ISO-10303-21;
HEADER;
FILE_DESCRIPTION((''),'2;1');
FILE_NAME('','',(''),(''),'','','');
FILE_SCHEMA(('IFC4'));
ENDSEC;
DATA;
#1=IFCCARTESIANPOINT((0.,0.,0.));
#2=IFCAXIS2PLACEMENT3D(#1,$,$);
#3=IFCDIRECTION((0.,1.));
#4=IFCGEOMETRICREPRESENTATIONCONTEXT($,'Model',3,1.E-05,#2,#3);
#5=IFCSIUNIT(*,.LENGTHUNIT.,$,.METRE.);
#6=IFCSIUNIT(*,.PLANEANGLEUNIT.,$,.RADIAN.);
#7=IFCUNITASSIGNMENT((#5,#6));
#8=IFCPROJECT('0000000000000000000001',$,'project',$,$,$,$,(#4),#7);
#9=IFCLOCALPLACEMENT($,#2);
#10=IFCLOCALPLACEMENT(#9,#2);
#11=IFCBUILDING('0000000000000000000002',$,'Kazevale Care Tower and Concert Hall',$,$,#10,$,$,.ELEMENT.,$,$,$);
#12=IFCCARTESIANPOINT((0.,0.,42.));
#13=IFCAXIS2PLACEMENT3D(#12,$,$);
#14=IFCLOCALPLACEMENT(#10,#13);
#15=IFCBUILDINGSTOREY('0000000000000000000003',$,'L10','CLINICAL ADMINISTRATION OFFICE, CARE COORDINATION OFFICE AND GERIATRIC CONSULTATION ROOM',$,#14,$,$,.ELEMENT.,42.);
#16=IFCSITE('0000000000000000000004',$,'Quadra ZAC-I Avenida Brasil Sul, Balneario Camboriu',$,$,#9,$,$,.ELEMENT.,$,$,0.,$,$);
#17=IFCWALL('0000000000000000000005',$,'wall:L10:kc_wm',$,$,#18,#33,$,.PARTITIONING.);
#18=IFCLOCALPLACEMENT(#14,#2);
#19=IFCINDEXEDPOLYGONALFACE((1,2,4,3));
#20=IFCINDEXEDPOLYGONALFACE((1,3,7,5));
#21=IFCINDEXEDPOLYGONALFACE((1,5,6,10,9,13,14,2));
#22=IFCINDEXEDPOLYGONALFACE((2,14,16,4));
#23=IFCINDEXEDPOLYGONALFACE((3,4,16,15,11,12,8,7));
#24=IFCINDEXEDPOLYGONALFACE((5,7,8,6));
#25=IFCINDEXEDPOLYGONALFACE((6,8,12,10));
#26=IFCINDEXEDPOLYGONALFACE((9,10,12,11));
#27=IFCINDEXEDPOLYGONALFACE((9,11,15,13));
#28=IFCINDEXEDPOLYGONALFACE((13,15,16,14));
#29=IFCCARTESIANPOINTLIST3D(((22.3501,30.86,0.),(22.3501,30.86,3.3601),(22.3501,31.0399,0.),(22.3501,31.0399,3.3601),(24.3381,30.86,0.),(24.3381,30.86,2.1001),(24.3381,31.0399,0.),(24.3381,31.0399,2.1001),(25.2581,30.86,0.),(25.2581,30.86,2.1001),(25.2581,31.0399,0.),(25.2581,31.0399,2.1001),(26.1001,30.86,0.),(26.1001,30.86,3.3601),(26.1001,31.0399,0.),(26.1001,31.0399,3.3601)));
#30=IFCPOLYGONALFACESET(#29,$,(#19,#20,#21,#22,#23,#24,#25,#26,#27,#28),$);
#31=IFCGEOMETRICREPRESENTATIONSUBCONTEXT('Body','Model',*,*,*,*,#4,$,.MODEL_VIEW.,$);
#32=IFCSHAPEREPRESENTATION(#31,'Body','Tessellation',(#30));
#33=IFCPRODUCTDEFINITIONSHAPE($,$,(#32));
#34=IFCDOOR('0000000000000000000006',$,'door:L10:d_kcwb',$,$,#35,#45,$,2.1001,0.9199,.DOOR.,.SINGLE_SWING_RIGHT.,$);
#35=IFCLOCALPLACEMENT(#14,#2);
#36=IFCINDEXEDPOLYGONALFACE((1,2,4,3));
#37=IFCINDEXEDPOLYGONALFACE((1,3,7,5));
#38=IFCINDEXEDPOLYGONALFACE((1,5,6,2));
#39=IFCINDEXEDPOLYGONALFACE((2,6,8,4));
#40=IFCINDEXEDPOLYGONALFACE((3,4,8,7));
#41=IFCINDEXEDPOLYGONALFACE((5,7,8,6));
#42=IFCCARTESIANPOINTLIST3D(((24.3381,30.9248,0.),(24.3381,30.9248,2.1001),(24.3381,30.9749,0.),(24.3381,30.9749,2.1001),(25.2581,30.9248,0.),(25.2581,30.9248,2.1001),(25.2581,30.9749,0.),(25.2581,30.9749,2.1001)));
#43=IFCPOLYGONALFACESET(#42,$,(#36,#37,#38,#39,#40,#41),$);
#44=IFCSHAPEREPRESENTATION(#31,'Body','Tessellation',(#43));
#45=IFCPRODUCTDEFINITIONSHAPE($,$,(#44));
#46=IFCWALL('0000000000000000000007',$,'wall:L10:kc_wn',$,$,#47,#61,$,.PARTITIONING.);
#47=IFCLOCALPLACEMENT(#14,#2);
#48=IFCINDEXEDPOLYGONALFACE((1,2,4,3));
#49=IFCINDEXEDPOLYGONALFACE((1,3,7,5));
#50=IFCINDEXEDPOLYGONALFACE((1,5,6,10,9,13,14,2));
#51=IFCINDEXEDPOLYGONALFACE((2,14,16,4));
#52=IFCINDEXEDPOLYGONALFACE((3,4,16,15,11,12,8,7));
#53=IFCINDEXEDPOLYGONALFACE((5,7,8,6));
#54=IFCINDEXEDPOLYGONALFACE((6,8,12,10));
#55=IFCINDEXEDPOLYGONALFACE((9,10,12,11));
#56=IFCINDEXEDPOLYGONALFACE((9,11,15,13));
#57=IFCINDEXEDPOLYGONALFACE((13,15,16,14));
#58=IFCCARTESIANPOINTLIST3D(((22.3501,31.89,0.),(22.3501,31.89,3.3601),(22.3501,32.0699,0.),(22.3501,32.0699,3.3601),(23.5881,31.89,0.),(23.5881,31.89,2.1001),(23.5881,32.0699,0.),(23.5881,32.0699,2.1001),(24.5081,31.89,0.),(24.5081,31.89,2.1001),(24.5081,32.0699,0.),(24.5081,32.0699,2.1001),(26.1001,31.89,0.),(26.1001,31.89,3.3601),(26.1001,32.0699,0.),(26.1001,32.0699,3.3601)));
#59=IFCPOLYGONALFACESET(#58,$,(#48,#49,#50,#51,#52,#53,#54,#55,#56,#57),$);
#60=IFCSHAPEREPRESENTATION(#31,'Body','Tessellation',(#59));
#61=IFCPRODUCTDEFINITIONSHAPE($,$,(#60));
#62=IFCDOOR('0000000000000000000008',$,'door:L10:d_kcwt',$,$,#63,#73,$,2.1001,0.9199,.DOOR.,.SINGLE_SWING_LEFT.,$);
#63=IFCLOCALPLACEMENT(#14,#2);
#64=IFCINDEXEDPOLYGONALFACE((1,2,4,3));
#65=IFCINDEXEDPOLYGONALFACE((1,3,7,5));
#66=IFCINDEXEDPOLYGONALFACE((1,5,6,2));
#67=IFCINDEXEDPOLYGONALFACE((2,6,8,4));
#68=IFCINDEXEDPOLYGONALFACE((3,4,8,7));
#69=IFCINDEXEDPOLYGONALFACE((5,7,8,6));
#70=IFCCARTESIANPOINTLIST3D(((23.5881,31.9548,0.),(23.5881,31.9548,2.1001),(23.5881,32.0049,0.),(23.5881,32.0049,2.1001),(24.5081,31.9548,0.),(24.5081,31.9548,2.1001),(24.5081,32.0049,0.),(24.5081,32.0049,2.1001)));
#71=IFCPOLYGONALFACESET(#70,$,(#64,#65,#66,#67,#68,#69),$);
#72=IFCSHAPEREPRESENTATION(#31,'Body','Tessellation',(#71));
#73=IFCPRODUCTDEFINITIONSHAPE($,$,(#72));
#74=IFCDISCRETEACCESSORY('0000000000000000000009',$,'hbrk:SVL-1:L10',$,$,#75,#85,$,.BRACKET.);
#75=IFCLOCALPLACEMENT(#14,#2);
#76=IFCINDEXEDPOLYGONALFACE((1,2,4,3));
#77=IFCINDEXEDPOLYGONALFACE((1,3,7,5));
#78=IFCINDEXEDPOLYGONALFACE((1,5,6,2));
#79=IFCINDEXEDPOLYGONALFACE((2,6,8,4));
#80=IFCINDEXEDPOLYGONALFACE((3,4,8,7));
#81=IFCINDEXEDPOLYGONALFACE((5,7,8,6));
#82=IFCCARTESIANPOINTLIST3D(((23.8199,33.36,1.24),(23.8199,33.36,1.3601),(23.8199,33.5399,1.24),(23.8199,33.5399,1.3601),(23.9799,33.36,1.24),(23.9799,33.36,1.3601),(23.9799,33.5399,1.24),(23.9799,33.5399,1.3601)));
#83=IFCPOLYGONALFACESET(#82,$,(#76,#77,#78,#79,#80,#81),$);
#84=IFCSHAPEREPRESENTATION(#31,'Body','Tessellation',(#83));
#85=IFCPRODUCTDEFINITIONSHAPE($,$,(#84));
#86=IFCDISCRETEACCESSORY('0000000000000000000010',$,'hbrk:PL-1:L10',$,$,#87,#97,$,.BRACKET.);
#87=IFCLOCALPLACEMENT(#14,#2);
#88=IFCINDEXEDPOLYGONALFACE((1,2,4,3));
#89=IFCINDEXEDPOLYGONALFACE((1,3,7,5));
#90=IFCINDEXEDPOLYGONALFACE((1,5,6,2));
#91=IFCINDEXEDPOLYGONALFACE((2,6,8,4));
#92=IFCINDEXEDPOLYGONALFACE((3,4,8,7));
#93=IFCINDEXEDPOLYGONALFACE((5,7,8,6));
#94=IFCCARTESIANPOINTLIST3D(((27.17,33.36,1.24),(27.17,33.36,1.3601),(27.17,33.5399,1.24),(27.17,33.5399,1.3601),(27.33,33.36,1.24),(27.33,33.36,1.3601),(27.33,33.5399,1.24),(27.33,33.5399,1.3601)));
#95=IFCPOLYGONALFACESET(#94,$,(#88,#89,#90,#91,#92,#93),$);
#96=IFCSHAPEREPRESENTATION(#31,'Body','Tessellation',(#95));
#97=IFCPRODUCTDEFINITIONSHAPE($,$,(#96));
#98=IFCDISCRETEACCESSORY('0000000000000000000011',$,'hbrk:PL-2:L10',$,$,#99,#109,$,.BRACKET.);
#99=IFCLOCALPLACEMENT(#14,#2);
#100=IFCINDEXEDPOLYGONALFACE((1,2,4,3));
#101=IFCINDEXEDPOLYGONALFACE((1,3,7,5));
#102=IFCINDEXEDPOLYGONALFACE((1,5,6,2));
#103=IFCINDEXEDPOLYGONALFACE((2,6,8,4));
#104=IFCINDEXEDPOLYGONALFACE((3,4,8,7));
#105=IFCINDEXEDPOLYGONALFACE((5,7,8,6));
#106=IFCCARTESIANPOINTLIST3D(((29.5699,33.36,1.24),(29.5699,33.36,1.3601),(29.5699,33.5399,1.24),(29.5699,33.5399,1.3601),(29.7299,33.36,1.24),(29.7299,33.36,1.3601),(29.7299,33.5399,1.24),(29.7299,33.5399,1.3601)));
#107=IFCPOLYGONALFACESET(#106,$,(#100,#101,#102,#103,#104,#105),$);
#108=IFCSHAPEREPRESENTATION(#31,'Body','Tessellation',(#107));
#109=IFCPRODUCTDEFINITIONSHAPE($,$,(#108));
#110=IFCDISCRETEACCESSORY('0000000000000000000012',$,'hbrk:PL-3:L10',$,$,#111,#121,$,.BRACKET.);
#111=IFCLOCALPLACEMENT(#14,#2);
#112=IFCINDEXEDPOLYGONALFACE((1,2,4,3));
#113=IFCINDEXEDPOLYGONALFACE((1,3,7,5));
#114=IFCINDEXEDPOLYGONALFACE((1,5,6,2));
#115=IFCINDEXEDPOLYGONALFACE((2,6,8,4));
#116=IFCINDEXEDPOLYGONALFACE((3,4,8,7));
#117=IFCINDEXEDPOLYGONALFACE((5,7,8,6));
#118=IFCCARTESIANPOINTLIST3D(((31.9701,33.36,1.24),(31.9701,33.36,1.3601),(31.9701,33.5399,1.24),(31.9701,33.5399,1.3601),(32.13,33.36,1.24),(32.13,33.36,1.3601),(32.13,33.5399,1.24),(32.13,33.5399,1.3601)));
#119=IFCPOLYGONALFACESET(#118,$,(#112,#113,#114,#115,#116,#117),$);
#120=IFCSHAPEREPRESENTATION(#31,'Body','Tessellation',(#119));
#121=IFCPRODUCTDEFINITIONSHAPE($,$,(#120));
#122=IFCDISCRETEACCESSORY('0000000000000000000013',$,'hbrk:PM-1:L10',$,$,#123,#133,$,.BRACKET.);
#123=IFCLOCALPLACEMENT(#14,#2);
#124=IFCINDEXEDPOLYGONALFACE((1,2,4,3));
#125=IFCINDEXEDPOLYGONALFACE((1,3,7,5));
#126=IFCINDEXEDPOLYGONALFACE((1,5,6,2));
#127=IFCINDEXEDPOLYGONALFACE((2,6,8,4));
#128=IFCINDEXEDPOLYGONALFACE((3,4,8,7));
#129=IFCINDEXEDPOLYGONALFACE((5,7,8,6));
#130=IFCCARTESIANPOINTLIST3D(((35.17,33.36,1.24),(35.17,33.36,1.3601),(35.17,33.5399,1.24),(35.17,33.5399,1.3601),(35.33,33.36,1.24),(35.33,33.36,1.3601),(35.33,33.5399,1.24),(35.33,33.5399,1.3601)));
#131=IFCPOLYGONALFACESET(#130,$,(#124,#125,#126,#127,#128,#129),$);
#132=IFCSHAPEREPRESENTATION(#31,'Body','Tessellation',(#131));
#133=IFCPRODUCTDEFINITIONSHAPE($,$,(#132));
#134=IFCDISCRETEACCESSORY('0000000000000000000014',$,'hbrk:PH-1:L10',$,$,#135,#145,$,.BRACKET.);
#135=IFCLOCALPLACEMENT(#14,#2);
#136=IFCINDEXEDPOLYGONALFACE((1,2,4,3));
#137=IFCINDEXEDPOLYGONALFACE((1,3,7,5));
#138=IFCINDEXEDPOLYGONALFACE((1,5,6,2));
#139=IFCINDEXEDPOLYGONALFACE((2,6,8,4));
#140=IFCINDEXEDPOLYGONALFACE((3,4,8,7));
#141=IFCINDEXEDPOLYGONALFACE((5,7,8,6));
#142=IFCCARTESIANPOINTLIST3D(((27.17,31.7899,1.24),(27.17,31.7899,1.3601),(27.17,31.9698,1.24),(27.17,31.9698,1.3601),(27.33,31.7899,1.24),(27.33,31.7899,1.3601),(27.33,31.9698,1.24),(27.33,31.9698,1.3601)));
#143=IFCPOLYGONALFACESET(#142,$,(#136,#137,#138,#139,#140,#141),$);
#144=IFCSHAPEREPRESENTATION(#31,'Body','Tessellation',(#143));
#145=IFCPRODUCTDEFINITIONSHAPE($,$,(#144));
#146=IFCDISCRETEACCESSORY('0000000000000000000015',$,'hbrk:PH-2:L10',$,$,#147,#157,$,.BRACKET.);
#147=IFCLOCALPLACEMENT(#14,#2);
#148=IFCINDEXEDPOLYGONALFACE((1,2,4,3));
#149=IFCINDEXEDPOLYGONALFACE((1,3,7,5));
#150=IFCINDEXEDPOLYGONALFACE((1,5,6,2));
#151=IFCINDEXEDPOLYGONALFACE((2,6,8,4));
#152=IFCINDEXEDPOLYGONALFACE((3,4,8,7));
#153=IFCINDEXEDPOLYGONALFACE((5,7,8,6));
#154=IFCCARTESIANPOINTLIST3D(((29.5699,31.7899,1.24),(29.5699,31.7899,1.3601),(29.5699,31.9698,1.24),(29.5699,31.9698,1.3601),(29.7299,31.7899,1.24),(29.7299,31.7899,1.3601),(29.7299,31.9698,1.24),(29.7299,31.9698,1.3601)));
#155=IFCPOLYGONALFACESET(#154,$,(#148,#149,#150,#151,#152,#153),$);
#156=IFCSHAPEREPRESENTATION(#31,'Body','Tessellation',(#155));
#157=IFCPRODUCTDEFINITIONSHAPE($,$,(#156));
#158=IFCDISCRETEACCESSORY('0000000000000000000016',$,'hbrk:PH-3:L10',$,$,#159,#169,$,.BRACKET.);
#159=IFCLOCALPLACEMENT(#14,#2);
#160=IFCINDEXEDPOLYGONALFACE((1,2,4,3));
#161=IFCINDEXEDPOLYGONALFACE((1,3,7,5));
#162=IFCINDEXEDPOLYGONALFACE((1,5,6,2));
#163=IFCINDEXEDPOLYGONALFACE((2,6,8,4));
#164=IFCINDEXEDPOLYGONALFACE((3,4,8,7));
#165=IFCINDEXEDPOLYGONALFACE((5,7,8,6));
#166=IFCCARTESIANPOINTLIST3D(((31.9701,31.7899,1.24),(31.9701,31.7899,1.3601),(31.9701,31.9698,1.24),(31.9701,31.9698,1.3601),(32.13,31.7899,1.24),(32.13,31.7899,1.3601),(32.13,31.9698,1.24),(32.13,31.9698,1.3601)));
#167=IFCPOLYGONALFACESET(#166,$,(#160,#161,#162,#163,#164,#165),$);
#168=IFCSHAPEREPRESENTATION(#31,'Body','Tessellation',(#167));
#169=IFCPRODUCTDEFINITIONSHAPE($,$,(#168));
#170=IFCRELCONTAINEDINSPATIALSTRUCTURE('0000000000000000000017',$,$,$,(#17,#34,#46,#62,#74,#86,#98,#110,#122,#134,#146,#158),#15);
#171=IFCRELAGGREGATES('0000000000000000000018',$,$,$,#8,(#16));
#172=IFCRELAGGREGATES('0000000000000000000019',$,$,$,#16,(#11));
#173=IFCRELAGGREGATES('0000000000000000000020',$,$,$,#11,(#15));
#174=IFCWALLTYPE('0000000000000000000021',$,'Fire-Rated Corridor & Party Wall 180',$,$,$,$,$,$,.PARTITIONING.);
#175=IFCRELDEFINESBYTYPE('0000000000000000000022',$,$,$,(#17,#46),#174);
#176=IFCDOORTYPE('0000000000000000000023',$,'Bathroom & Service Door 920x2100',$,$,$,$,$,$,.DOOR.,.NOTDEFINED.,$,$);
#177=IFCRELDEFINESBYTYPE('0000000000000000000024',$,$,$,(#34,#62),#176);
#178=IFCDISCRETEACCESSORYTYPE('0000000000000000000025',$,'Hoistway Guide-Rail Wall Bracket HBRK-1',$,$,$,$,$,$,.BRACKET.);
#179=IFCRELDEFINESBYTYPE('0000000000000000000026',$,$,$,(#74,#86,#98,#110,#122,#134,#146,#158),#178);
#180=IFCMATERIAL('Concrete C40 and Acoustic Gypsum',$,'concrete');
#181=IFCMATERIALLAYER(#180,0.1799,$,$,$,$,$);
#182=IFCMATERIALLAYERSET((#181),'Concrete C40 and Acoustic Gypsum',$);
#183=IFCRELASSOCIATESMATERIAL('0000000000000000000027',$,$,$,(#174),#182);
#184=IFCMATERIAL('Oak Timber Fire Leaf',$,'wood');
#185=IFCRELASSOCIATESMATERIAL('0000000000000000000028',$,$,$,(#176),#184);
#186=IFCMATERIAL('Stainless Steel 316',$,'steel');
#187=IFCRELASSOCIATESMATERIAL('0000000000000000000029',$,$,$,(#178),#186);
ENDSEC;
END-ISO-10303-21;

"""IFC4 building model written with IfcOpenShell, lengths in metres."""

from ifc_helpers import new_model, si_unit, direction, frame, frame_2d, origin, origin_2d, place, context, subcontext, project, spatial, rectangle, extrude, material, layer, layer_set, type_object, element, fill, save


model = new_model("IFC4")

# Units and contexts
model_context = context("Model", 3, precision=1e-05, world=origin(), true_north=direction((0.0, 1.0)))
body_context = subcontext(model_context, "Body", "Model", "MODEL_VIEW")
ifc_project = project(units=[si_unit("LENGTHUNIT", "METRE"), si_unit("PLANEANGLEUNIT", "RADIAN")], contexts=[model_context])

# Site, building, storey
site_placement = place(None, origin())
site = spatial("IfcSite", under=ifc_project, at=site_placement, Name="Quadra ZAC-I Avenida Brasil Sul, Balneario Camboriu", CompositionType="ELEMENT", RefElevation=0.0)
building_placement = place(site_placement, origin())
building = spatial("IfcBuilding", under=site, at=building_placement, Name="Kazevale Care Tower and Concert Hall", CompositionType="ELEMENT")
storey_placement = place(building_placement, frame((0.0, 0.0, 42.0)))
storey = spatial("IfcBuildingStorey", under=building, at=storey_placement, Name="L10", Description="CLINICAL ADMINISTRATION OFFICE, CARE COORDINATION OFFICE AND GERIATRIC CONSULTATION ROOM", CompositionType="ELEMENT", Elevation=42.0)

# Shared definitions
ifc_material_1 = material(Name="Stainless Steel 316", Category="steel")

# Walls, openings, doors
ifc_material_2 = material(Name="Concrete C40 and Acoustic Gypsum", Category="concrete")
ifc_layer_1 = layer(ifc_material_2, 0.1799)
ifc_layer_set_1 = layer_set([ifc_layer_1], Name="Concrete C40 and Acoustic Gypsum")
wall_type_1 = type_object("IfcWallType", Name="Fire-Rated Corridor & Party Wall 180", PredefinedType="PARTITIONING", material=ifc_layer_set_1)
wall_1_placement = place(storey_placement, frame((22.3501, 30.95, 0.0), z_axis=(0.0, 0.0, 1.0), x_axis=(1.0, 0.0, 0.0)))
wall_1 = element("IfcWall", 1, at=wall_1_placement, inside=storey, type_object=wall_type_1, Name="wall:L10:kc_wm", PredefinedType="PARTITIONING", context=body_context, shape_type="SweptSolid", body=[
    extrude(rectangle(XDim=3.75, YDim=0.1799, at=frame_2d((1.875, 0.0))), origin(), (0.0, 0.0, 1.0), 3.3601),
])
opening_1_placement = place(wall_1_placement, frame((1.988, 0.0, 0.0)))
opening_1 = element("IfcOpeningElement", 2, at=opening_1_placement, cuts=wall_1, PredefinedType="OPENING", context=body_context, shape_type="SweptSolid", body=[
    extrude(rectangle(XDim=0.9199, YDim=2.1001, at=frame_2d((0.46, 1.05))), frame((0.0, 0.0999, 0.0), z_axis=(0.0, -1.0, 0.0), x_axis=(1.0, 0.0, 0.0)), (0.0, 0.0, 1.0), 0.2),
])
ifc_material_3 = material(Name="Oak Timber Fire Leaf", Category="wood")
door_type_1 = type_object("IfcDoorType", Name="Bathroom & Service Door 920x2100", OperationType="NOTDEFINED", PredefinedType="DOOR", material=ifc_material_3)
door_1_placement = place(opening_1_placement, origin())
door_1 = element("IfcDoor", 3, at=door_1_placement, inside=storey, type_object=door_type_1, Name="door:L10:d_kcwb", OperationType="SINGLE_SWING_RIGHT", OverallHeight=2.1001, OverallWidth=0.9199, PredefinedType="DOOR", context=body_context, shape_type="SweptSolid", body=[
    extrude(rectangle(XDim=0.9199, YDim=2.1001, at=frame_2d((0.46, 1.05))), frame((0.0, 0.0249, 0.0), z_axis=(0.0, -1.0, 0.0), x_axis=(1.0, 0.0, 0.0)), (0.0, 0.0, 1.0), 0.05),
])
fill(opening_1, door_1)
wall_2_placement = place(storey_placement, frame((22.3501, 31.98, 0.0), z_axis=(0.0, 0.0, 1.0), x_axis=(1.0, 0.0, 0.0)))
wall_2 = element("IfcWall", 4, at=wall_2_placement, inside=storey, type_object=wall_type_1, Name="wall:L10:kc_wn", PredefinedType="PARTITIONING", context=body_context, shape_type="SweptSolid", body=[
    extrude(rectangle(XDim=3.75, YDim=0.1799, at=frame_2d((1.875, 0.0))), origin(), (0.0, 0.0, 1.0), 3.3601),
])
opening_2_placement = place(wall_2_placement, frame((1.238, 0.0, 0.0)))
opening_2 = element("IfcOpeningElement", 5, at=opening_2_placement, cuts=wall_2, PredefinedType="OPENING", context=body_context, shape_type="SweptSolid", body=[
    extrude(rectangle(XDim=0.9199, YDim=2.1001, at=frame_2d((0.46, 1.05))), frame((0.0, 0.0999, 0.0), z_axis=(0.0, -1.0, 0.0), x_axis=(1.0, 0.0, 0.0)), (0.0, 0.0, 1.0), 0.2),
])
door_2_placement = place(opening_2_placement, origin())
door_2 = element("IfcDoor", 6, at=door_2_placement, inside=storey, type_object=door_type_1, Name="door:L10:d_kcwt", OperationType="SINGLE_SWING_LEFT", OverallHeight=2.1001, OverallWidth=0.9199, PredefinedType="DOOR", context=body_context, shape_type="SweptSolid", body=[
    extrude(rectangle(XDim=0.9199, YDim=2.1001, at=frame_2d((0.46, 1.05))), frame((0.0, 0.0249, 0.0), z_axis=(0.0, -1.0, 0.0), x_axis=(1.0, 0.0, 0.0)), (0.0, 0.0, 1.0), 0.05),
])
fill(opening_2, door_2)

# Discrete accessories
discrete_accessory_type = type_object("IfcDiscreteAccessoryType", Name="Hoistway Guide-Rail Wall Bracket HBRK-1", PredefinedType="BRACKET", material=ifc_material_1)
for number, where, z_axis, x_axis, name in (
    (7, (23.8999, 33.45, 1.24), (0.0, 0.0, 1.0), (1.0, 0.0, 0.0), "hbrk:SVL-1:L10"),
    (8, (27.25, 33.45, 1.24), (0.0, 0.0, 1.0), (1.0, 0.0, 0.0), "hbrk:PL-1:L10"),
    (9, (29.6499, 33.45, 1.24), (0.0, 0.0, 1.0), (1.0, 0.0, 0.0), "hbrk:PL-2:L10"),
    (10, (32.05, 33.45, 1.24), (0.0, 0.0, 1.0), (1.0, 0.0, 0.0), "hbrk:PL-3:L10"),
    (11, (35.25, 33.45, 1.24), (0.0, 0.0, 1.0), (1.0, 0.0, 0.0), "hbrk:PM-1:L10"),
    (12, (27.25, 31.8799, 1.24), (0.0, 0.0, 1.0), (1.0, 0.0, 0.0), "hbrk:PH-1:L10"),
    (13, (29.6499, 31.8799, 1.24), (0.0, 0.0, 1.0), (1.0, 0.0, 0.0), "hbrk:PH-2:L10"),
    (14, (32.05, 31.8799, 1.24), (0.0, 0.0, 1.0), (1.0, 0.0, 0.0), "hbrk:PH-3:L10"),
):
    element("IfcDiscreteAccessory", number, at=place(storey_placement, frame(where, z_axis=z_axis, x_axis=x_axis)), inside=storey, type_object=discrete_accessory_type, Name=name, PredefinedType="BRACKET", context=body_context, shape_type="SweptSolid", body=[
        extrude(rectangle(XDim=0.1599, YDim=0.1799, at=origin_2d()), origin(), (0.0, 0.0, 1.0), 0.1201),
    ])

save(model, "model.ifc")
